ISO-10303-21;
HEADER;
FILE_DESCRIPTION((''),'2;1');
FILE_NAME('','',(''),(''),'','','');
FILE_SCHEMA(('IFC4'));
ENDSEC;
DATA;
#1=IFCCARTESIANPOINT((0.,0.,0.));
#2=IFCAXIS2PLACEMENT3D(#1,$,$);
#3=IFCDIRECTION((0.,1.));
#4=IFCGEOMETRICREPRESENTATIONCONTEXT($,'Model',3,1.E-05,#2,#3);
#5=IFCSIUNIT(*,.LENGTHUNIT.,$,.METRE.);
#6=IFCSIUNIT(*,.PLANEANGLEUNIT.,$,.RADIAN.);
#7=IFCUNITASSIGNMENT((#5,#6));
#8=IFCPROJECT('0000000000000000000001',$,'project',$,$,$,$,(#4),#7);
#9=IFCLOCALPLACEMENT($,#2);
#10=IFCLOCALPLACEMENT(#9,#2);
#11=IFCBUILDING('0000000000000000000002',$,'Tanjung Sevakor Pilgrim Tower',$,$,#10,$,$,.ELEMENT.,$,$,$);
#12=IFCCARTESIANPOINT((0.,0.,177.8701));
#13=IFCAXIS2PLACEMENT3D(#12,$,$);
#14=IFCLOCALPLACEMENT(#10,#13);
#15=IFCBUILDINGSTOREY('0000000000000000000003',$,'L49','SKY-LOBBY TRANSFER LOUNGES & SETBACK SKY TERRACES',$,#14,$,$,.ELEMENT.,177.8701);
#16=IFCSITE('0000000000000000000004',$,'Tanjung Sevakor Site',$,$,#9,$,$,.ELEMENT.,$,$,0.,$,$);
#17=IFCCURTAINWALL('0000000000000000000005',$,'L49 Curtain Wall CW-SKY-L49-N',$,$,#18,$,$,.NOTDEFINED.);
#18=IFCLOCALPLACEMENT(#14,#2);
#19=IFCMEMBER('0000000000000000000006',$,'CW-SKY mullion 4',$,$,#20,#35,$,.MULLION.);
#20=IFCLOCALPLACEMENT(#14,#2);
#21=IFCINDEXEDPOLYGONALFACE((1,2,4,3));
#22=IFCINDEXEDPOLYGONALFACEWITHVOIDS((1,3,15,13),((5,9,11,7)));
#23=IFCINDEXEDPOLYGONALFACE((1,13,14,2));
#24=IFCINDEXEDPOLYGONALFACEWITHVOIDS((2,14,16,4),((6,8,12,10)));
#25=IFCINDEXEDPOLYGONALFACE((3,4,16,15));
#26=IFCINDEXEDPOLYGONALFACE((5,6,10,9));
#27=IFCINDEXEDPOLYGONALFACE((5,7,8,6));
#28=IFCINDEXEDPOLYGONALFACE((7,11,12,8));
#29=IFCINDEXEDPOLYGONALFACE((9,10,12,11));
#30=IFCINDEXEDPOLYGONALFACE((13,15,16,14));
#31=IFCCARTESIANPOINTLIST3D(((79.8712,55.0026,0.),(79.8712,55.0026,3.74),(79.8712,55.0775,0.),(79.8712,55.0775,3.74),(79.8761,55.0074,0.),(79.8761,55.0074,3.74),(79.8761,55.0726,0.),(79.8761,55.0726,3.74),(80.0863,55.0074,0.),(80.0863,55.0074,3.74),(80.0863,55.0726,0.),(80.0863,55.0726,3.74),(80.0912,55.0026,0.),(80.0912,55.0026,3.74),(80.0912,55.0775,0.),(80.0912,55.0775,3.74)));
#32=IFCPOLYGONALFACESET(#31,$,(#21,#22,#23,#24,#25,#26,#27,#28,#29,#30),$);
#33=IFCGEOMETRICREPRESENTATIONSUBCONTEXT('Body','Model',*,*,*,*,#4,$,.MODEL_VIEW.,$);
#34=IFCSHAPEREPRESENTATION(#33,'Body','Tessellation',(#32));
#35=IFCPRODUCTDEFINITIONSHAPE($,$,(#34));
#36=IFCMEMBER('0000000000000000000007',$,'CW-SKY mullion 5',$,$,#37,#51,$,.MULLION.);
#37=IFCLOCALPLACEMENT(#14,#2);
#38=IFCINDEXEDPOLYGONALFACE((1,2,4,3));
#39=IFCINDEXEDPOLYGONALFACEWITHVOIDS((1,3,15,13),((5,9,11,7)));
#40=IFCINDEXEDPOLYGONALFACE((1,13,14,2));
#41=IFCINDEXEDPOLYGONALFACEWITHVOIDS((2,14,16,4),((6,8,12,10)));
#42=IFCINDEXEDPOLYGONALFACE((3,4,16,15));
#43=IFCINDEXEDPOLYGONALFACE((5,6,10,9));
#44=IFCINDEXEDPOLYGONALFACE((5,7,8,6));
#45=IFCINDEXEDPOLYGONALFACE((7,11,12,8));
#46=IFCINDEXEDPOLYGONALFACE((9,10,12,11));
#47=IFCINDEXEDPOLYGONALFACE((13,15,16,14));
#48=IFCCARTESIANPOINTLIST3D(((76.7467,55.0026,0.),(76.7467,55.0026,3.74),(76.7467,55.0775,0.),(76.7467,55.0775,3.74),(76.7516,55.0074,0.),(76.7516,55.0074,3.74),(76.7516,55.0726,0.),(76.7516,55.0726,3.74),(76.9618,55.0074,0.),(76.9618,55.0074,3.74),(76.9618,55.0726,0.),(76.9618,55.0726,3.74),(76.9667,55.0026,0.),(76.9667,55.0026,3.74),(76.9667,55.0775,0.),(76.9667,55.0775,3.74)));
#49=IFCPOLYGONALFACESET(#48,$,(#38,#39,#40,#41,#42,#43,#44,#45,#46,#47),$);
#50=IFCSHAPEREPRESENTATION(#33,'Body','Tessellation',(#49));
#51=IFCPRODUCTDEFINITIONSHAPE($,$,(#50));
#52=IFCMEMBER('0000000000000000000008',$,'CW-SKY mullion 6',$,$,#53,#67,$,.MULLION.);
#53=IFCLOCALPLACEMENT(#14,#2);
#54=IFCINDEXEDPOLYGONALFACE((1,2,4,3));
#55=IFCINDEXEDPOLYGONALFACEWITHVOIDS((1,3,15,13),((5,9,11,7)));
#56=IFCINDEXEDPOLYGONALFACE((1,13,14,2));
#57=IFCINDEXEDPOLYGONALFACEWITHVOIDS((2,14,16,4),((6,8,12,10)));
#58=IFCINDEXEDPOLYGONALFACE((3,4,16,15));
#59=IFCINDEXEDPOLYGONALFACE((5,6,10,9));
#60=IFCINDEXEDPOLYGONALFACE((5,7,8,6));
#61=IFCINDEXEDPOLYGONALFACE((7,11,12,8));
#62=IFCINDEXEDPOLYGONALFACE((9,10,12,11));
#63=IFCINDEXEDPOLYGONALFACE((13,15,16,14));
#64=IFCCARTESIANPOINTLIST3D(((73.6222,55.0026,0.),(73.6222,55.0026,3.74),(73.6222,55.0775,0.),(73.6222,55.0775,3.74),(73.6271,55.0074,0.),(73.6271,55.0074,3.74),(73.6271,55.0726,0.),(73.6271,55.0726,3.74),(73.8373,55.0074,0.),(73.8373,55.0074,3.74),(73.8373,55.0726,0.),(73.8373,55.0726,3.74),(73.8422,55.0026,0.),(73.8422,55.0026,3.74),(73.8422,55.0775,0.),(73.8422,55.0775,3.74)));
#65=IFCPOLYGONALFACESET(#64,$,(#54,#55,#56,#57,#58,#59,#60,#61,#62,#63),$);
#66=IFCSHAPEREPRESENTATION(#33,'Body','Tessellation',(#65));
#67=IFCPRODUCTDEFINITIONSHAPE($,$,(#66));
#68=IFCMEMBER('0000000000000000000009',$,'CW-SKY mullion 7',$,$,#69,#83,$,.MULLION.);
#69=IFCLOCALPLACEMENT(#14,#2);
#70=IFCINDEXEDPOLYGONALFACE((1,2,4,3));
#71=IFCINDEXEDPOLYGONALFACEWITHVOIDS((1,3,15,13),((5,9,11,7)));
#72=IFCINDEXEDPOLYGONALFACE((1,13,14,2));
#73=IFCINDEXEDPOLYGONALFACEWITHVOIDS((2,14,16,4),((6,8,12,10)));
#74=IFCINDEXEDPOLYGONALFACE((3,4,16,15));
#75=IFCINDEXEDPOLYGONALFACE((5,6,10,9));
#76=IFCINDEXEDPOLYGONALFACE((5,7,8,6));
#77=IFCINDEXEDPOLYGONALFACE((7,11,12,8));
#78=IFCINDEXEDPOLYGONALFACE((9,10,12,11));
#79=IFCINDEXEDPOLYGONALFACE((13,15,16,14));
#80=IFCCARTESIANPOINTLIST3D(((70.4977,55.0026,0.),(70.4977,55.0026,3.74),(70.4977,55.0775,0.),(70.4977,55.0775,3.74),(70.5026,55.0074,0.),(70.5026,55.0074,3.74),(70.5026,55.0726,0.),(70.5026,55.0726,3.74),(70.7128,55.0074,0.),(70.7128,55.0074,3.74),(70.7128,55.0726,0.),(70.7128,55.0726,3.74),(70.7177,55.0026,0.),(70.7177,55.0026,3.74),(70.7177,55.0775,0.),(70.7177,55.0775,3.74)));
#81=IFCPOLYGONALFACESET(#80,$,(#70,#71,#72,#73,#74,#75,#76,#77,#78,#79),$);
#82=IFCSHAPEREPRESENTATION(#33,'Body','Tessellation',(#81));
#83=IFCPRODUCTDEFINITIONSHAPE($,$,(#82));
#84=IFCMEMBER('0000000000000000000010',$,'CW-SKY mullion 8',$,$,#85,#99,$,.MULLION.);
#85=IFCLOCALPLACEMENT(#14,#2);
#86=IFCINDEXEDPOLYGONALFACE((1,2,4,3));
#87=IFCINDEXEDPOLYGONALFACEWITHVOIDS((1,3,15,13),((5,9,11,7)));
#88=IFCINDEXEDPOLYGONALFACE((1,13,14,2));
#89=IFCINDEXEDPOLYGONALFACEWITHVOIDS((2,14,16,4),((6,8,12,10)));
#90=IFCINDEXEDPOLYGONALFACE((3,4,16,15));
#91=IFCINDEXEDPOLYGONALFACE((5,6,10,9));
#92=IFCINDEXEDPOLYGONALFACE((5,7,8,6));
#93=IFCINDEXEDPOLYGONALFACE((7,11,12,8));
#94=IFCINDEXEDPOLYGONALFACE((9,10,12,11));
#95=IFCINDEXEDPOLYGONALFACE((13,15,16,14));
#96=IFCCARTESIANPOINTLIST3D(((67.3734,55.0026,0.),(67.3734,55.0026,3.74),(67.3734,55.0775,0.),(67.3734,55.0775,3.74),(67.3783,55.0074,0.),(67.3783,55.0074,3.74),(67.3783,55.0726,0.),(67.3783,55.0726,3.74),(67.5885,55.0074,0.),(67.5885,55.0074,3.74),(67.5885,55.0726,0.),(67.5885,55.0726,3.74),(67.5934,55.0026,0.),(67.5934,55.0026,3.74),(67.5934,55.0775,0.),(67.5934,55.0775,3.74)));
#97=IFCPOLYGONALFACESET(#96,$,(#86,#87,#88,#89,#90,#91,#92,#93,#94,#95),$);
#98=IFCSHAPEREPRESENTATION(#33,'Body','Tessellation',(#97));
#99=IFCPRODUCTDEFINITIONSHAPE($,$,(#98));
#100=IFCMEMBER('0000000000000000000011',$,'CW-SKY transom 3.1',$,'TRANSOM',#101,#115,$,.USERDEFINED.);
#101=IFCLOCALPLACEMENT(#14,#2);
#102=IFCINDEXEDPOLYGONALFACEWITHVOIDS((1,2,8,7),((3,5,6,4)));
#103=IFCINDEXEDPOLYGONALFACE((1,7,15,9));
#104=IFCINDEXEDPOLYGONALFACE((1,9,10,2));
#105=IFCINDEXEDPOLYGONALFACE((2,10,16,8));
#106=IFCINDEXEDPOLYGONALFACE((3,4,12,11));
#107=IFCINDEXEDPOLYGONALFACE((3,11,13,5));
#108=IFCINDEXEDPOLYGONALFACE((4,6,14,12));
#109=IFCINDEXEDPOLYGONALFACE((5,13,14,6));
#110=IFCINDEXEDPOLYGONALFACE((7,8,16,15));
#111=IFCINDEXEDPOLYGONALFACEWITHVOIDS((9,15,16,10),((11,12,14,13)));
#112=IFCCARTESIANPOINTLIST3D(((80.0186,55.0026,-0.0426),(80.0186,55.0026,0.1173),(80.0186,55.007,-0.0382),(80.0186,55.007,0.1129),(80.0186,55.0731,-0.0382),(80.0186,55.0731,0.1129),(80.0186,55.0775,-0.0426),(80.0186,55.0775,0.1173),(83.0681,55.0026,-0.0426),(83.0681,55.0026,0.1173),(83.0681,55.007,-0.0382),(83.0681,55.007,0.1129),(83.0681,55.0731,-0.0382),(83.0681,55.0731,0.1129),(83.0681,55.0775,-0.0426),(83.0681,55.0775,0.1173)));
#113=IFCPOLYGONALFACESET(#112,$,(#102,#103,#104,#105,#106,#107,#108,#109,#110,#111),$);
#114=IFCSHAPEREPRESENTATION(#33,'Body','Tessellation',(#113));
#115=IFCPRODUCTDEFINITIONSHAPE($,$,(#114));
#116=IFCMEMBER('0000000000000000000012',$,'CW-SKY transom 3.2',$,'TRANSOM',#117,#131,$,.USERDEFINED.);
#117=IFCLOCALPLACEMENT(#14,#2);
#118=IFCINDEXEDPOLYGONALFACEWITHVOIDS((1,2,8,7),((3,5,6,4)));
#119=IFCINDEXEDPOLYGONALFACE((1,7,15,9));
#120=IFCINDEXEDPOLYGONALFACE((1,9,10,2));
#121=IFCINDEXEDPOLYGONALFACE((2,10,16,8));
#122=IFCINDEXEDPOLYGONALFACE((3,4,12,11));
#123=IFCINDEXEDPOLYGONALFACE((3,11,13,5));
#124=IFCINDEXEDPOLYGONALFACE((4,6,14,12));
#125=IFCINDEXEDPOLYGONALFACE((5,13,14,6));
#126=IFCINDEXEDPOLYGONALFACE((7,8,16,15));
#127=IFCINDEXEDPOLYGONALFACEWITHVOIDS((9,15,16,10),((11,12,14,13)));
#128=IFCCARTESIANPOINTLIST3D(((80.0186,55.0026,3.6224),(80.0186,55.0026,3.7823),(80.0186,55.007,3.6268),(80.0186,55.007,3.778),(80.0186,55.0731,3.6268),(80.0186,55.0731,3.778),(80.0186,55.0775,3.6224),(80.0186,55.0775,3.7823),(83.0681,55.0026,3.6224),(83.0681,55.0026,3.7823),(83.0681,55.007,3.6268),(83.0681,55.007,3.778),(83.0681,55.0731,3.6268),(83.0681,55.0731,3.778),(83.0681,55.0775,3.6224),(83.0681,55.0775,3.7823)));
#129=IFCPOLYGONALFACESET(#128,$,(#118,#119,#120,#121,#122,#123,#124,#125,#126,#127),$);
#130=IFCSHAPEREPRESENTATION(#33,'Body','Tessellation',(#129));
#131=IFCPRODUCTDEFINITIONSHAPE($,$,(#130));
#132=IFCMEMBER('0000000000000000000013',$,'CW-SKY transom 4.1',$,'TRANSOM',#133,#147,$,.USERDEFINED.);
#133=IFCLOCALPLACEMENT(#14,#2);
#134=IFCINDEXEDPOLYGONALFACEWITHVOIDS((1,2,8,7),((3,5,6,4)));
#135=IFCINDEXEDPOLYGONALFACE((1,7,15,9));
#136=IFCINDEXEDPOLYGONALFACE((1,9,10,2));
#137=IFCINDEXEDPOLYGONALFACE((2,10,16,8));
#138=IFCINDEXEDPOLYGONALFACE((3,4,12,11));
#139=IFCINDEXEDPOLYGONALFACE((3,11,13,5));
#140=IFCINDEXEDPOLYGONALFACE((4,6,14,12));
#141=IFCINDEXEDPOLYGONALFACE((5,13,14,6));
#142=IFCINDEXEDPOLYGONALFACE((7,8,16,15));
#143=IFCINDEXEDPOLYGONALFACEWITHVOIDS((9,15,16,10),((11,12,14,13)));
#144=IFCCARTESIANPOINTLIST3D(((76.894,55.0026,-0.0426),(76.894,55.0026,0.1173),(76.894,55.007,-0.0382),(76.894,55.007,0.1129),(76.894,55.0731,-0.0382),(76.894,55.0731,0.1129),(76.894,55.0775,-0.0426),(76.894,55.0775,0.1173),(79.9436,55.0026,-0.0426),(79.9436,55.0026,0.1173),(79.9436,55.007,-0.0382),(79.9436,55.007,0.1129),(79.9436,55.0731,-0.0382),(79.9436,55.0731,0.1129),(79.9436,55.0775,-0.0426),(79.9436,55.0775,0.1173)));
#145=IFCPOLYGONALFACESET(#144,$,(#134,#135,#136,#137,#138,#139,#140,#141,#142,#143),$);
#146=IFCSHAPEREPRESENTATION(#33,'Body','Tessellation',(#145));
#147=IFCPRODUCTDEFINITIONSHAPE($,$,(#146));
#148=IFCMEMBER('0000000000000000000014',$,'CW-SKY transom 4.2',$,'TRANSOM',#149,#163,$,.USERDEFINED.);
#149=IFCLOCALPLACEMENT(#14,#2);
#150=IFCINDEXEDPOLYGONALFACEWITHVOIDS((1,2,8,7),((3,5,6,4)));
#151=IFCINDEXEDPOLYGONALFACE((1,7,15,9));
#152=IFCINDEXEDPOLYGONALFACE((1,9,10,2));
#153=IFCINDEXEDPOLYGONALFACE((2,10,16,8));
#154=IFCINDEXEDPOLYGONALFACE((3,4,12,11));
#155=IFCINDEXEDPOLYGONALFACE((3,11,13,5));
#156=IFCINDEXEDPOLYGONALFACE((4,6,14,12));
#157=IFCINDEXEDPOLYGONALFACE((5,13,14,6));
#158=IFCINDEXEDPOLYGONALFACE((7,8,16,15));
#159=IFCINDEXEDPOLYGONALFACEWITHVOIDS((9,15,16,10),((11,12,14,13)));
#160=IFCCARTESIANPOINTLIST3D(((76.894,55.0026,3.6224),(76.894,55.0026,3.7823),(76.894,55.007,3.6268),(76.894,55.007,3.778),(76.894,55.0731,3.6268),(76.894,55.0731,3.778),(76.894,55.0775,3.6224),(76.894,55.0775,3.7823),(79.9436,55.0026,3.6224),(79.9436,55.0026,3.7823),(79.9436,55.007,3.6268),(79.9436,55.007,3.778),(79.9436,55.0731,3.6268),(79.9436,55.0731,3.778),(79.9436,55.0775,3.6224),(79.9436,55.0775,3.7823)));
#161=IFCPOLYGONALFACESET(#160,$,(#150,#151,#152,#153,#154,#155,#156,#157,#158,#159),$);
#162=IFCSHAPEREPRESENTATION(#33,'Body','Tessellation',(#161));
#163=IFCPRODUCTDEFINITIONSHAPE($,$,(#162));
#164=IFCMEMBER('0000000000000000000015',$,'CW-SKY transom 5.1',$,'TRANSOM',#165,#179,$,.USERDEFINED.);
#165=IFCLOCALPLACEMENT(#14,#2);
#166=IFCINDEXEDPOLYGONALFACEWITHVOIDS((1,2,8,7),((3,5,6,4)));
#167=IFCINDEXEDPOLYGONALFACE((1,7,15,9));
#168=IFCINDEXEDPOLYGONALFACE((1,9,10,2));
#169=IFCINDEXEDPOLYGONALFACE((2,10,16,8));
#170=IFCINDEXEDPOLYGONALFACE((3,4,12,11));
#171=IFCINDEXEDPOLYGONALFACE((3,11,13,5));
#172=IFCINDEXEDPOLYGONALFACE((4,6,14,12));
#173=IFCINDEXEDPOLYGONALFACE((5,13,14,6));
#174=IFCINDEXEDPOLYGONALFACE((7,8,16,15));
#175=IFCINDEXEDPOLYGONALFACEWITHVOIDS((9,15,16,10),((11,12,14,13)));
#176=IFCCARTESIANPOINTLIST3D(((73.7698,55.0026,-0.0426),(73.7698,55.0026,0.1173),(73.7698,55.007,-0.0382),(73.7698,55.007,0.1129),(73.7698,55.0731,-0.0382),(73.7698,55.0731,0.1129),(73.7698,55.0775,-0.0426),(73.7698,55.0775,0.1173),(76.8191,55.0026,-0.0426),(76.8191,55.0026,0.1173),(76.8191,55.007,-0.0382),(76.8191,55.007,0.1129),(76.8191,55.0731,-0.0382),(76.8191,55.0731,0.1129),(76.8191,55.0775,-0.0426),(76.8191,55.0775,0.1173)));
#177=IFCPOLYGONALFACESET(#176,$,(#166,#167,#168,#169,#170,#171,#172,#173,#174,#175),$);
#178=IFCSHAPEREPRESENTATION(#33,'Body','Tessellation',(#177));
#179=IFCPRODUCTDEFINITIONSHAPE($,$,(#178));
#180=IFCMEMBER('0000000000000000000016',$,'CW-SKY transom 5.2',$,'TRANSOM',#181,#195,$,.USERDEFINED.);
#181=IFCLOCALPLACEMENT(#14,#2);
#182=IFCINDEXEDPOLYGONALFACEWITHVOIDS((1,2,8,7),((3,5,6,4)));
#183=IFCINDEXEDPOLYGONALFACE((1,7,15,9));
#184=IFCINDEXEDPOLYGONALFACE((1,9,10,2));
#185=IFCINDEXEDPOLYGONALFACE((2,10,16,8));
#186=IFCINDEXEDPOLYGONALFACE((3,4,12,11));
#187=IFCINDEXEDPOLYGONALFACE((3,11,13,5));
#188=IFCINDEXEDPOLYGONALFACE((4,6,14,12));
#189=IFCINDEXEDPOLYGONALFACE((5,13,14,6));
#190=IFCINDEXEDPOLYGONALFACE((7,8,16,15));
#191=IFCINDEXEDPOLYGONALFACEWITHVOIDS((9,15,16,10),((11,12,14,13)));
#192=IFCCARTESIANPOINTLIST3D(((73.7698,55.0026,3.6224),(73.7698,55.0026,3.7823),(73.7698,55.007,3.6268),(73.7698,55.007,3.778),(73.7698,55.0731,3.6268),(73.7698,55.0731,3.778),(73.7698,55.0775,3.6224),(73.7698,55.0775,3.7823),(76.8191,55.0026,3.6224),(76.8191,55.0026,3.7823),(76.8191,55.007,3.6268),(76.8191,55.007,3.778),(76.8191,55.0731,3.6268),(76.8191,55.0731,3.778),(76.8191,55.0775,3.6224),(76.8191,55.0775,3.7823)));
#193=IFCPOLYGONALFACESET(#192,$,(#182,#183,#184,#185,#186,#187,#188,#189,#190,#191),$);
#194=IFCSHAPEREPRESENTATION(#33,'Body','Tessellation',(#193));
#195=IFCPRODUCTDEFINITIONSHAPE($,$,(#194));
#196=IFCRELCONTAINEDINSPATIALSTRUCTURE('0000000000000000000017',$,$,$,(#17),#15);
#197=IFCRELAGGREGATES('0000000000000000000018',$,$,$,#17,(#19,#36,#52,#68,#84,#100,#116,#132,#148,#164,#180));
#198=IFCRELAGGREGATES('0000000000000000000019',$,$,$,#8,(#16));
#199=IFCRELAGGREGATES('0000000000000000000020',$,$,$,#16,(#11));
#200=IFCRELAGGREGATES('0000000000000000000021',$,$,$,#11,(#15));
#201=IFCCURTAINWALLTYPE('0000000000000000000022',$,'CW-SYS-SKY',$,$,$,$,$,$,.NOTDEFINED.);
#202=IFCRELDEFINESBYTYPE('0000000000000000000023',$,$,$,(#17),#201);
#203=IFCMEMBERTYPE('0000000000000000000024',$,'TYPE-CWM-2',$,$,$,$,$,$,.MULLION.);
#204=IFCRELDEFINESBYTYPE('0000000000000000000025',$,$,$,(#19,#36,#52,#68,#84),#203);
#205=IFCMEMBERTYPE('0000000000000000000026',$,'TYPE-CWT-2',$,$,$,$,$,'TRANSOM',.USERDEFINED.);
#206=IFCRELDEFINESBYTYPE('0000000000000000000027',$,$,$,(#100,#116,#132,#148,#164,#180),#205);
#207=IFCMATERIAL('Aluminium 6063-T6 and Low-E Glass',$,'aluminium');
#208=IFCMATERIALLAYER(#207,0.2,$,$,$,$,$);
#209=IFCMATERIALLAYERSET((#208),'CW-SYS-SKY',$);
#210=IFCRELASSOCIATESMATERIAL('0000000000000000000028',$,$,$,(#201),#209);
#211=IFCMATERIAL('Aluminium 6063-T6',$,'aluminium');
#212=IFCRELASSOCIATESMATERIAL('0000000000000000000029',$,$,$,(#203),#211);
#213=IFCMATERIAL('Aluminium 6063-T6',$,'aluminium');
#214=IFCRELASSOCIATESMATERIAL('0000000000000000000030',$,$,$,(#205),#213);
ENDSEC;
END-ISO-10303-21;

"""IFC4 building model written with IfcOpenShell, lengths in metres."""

from ifc_helpers import new_model, si_unit, direction, frame, origin, origin_2d, place, context, subcontext, project, spatial, hollow_rectangle, extrude, material, layer, layer_set, material_profile, profile_set, type_object, element, aggregate, save


model = new_model("IFC4")

# Units and contexts
model_context = context("Model", 3, precision=1e-05, world=origin(), true_north=direction((0.0, 1.0)))
body_context = subcontext(model_context, "Body", "Model", "MODEL_VIEW")
ifc_project = project(units=[si_unit("LENGTHUNIT", "METRE"), si_unit("PLANEANGLEUNIT", "RADIAN")], contexts=[model_context])

# Site, building, storey
site_placement = place(None, origin())
site = spatial("IfcSite", under=ifc_project, at=site_placement, Name="Tanjung Sevakor Site", CompositionType="ELEMENT", RefElevation=0.0)
building_placement = place(site_placement, origin())
building = spatial("IfcBuilding", under=site, at=building_placement, Name="Tanjung Sevakor Pilgrim Tower", CompositionType="ELEMENT")
storey_placement = place(building_placement, frame((0.0, 0.0, 177.8701)))
storey = spatial("IfcBuildingStorey", under=building, at=storey_placement, Name="L49", Description="SKY-LOBBY TRANSFER LOUNGES & SETBACK SKY TERRACES", CompositionType="ELEMENT", Elevation=177.8701)

# Curtain wall, members
ifc_material_1 = material(Name="Aluminium 6063-T6 and Low-E Glass", Category="aluminium")
ifc_layer_1 = layer(ifc_material_1, 0.2)
ifc_layer_set_1 = layer_set([ifc_layer_1], Name="CW-SYS-SKY")
curtain_wall_type = type_object("IfcCurtainWallType", Name="CW-SYS-SKY", PredefinedType="NOTDEFINED", material=ifc_layer_set_1)
curtain_wall_placement = place(storey_placement, origin())
curtain_wall = element("IfcCurtainWall", 1, at=curtain_wall_placement, inside=storey, type_object=curtain_wall_type, Name="L49 Curtain Wall CW-SKY-L49-N", PredefinedType="NOTDEFINED")
ifc_material_2 = material(Name="Aluminium 6063-T6", Category="aluminium")
ifc_material_profile_1 = material_profile(ifc_material_2, hollow_rectangle(XDim=0.075, YDim=0.22, WallThickness=0.0049, at=origin_2d()))
ifc_profile_set_1 = profile_set([ifc_material_profile_1], Name="Aluminium 6063-T6")
member_type_1 = type_object("IfcMemberType", Name="TYPE-CWM-2", PredefinedType="MULLION", material=ifc_profile_set_1)
member_1_placement = place(storey_placement, frame((79.9812, 55.04, 0.0), z_axis=(0.0, 0.0, 1.0), x_axis=(0.0, -1.0, 0.0)))
member_1 = element("IfcMember", 2, at=member_1_placement, type_object=member_type_1, Name="CW-SKY mullion 4", PredefinedType="MULLION", context=body_context, shape_type="SweptSolid", body=[
    extrude(hollow_rectangle(XDim=0.075, YDim=0.22, WallThickness=0.0049, at=origin_2d()), origin(), (0.0, 0.0, 1.0), 3.74),
])
member_2_placement = place(storey_placement, frame((76.8567, 55.04, 0.0), z_axis=(0.0, 0.0, 1.0), x_axis=(0.0, -1.0, 0.0)))
member_2 = element("IfcMember", 3, at=member_2_placement, type_object=member_type_1, Name="CW-SKY mullion 5", PredefinedType="MULLION", context=body_context, shape_type="SweptSolid", body=[
    extrude(hollow_rectangle(XDim=0.075, YDim=0.22, WallThickness=0.0049, at=origin_2d()), origin(), (0.0, 0.0, 1.0), 3.74),
])
member_3_placement = place(storey_placement, frame((73.7322, 55.04, 0.0), z_axis=(0.0, 0.0, 1.0), x_axis=(0.0, -1.0, 0.0)))
member_3 = element("IfcMember", 4, at=member_3_placement, type_object=member_type_1, Name="CW-SKY mullion 6", PredefinedType="MULLION", context=body_context, shape_type="SweptSolid", body=[
    extrude(hollow_rectangle(XDim=0.075, YDim=0.22, WallThickness=0.0049, at=origin_2d()), origin(), (0.0, 0.0, 1.0), 3.74),
])
member_4_placement = place(storey_placement, frame((70.6077, 55.04, 0.0), z_axis=(0.0, 0.0, 1.0), x_axis=(0.0, -1.0, 0.0)))
member_4 = element("IfcMember", 5, at=member_4_placement, type_object=member_type_1, Name="CW-SKY mullion 7", PredefinedType="MULLION", context=body_context, shape_type="SweptSolid", body=[
    extrude(hollow_rectangle(XDim=0.075, YDim=0.22, WallThickness=0.0049, at=origin_2d()), origin(), (0.0, 0.0, 1.0), 3.74),
])
member_5_placement = place(storey_placement, frame((67.4834, 55.04, 0.0), z_axis=(0.0, 0.0, 1.0), x_axis=(0.0, -1.0, 0.0)))
member_5 = element("IfcMember", 6, at=member_5_placement, type_object=member_type_1, Name="CW-SKY mullion 8", PredefinedType="MULLION", context=body_context, shape_type="SweptSolid", body=[
    extrude(hollow_rectangle(XDim=0.075, YDim=0.22, WallThickness=0.0049, at=origin_2d()), origin(), (0.0, 0.0, 1.0), 3.74),
])
ifc_material_3 = material(Name="Aluminium 6063-T6", Category="aluminium")
ifc_material_profile_2 = material_profile(ifc_material_3, hollow_rectangle(XDim=0.075, YDim=0.1599, WallThickness=0.0044, at=origin_2d()))
ifc_profile_set_2 = profile_set([ifc_material_profile_2], Name="Aluminium 6063-T6")
member_type_2 = type_object("IfcMemberType", Name="TYPE-CWT-2", ElementType="TRANSOM", PredefinedType="USERDEFINED", material=ifc_profile_set_2)
member_6_placement = place(storey_placement, frame((83.0681, 55.04, 0.0374), z_axis=(-1.0, 0.0, 0.0), x_axis=(0.0, -1.0, 0.0)))
member_6 = element("IfcMember", 7, at=member_6_placement, type_object=member_type_2, Name="CW-SKY transom 3.1", ObjectType="TRANSOM", PredefinedType="USERDEFINED", context=body_context, shape_type="SweptSolid", body=[
    extrude(hollow_rectangle(XDim=0.075, YDim=0.1599, WallThickness=0.0044, at=origin_2d()), origin(), (0.0, 0.0, 1.0), 3.0496),
])
member_7_placement = place(storey_placement, frame((83.0681, 55.04, 3.7024), z_axis=(-1.0, 0.0, 0.0), x_axis=(0.0, -1.0, 0.0)))
member_7 = element("IfcMember", 8, at=member_7_placement, type_object=member_type_2, Name="CW-SKY transom 3.2", ObjectType="TRANSOM", PredefinedType="USERDEFINED", context=body_context, shape_type="SweptSolid", body=[
    extrude(hollow_rectangle(XDim=0.075, YDim=0.1599, WallThickness=0.0044, at=origin_2d()), origin(), (0.0, 0.0, 1.0), 3.0496),
])
member_8_placement = place(storey_placement, frame((79.9436, 55.04, 0.0374), z_axis=(-1.0, 0.0, 0.0), x_axis=(0.0, -1.0, 0.0)))
member_8 = element("IfcMember", 9, at=member_8_placement, type_object=member_type_2, Name="CW-SKY transom 4.1", ObjectType="TRANSOM", PredefinedType="USERDEFINED", context=body_context, shape_type="SweptSolid", body=[
    extrude(hollow_rectangle(XDim=0.075, YDim=0.1599, WallThickness=0.0044, at=origin_2d()), origin(), (0.0, 0.0, 1.0), 3.0496),
])
member_9_placement = place(storey_placement, frame((79.9436, 55.04, 3.7024), z_axis=(-1.0, 0.0, 0.0), x_axis=(0.0, -1.0, 0.0)))
member_9 = element("IfcMember", 10, at=member_9_placement, type_object=member_type_2, Name="CW-SKY transom 4.2", ObjectType="TRANSOM", PredefinedType="USERDEFINED", context=body_context, shape_type="SweptSolid", body=[
    extrude(hollow_rectangle(XDim=0.075, YDim=0.1599, WallThickness=0.0044, at=origin_2d()), origin(), (0.0, 0.0, 1.0), 3.0496),
])
member_10_placement = place(storey_placement, frame((76.8191, 55.04, 0.0374), z_axis=(-1.0, 0.0, 0.0), x_axis=(0.0, -1.0, 0.0)))
member_10 = element("IfcMember", 11, at=member_10_placement, type_object=member_type_2, Name="CW-SKY transom 5.1", ObjectType="TRANSOM", PredefinedType="USERDEFINED", context=body_context, shape_type="SweptSolid", body=[
    extrude(hollow_rectangle(XDim=0.075, YDim=0.1599, WallThickness=0.0044, at=origin_2d()), origin(), (0.0, 0.0, 1.0), 3.0493),
])
member_11_placement = place(storey_placement, frame((76.8191, 55.04, 3.7024), z_axis=(-1.0, 0.0, 0.0), x_axis=(0.0, -1.0, 0.0)))
member_11 = element("IfcMember", 12, at=member_11_placement, type_object=member_type_2, Name="CW-SKY transom 5.2", ObjectType="TRANSOM", PredefinedType="USERDEFINED", context=body_context, shape_type="SweptSolid", body=[
    extrude(hollow_rectangle(XDim=0.075, YDim=0.1599, WallThickness=0.0044, at=origin_2d()), origin(), (0.0, 0.0, 1.0), 3.0493),
])
aggregate(curtain_wall, [member_1, member_2, member_3, member_4, member_5, member_6, member_7, member_8, member_9, member_10, member_11])

save(model, "model.ifc")
